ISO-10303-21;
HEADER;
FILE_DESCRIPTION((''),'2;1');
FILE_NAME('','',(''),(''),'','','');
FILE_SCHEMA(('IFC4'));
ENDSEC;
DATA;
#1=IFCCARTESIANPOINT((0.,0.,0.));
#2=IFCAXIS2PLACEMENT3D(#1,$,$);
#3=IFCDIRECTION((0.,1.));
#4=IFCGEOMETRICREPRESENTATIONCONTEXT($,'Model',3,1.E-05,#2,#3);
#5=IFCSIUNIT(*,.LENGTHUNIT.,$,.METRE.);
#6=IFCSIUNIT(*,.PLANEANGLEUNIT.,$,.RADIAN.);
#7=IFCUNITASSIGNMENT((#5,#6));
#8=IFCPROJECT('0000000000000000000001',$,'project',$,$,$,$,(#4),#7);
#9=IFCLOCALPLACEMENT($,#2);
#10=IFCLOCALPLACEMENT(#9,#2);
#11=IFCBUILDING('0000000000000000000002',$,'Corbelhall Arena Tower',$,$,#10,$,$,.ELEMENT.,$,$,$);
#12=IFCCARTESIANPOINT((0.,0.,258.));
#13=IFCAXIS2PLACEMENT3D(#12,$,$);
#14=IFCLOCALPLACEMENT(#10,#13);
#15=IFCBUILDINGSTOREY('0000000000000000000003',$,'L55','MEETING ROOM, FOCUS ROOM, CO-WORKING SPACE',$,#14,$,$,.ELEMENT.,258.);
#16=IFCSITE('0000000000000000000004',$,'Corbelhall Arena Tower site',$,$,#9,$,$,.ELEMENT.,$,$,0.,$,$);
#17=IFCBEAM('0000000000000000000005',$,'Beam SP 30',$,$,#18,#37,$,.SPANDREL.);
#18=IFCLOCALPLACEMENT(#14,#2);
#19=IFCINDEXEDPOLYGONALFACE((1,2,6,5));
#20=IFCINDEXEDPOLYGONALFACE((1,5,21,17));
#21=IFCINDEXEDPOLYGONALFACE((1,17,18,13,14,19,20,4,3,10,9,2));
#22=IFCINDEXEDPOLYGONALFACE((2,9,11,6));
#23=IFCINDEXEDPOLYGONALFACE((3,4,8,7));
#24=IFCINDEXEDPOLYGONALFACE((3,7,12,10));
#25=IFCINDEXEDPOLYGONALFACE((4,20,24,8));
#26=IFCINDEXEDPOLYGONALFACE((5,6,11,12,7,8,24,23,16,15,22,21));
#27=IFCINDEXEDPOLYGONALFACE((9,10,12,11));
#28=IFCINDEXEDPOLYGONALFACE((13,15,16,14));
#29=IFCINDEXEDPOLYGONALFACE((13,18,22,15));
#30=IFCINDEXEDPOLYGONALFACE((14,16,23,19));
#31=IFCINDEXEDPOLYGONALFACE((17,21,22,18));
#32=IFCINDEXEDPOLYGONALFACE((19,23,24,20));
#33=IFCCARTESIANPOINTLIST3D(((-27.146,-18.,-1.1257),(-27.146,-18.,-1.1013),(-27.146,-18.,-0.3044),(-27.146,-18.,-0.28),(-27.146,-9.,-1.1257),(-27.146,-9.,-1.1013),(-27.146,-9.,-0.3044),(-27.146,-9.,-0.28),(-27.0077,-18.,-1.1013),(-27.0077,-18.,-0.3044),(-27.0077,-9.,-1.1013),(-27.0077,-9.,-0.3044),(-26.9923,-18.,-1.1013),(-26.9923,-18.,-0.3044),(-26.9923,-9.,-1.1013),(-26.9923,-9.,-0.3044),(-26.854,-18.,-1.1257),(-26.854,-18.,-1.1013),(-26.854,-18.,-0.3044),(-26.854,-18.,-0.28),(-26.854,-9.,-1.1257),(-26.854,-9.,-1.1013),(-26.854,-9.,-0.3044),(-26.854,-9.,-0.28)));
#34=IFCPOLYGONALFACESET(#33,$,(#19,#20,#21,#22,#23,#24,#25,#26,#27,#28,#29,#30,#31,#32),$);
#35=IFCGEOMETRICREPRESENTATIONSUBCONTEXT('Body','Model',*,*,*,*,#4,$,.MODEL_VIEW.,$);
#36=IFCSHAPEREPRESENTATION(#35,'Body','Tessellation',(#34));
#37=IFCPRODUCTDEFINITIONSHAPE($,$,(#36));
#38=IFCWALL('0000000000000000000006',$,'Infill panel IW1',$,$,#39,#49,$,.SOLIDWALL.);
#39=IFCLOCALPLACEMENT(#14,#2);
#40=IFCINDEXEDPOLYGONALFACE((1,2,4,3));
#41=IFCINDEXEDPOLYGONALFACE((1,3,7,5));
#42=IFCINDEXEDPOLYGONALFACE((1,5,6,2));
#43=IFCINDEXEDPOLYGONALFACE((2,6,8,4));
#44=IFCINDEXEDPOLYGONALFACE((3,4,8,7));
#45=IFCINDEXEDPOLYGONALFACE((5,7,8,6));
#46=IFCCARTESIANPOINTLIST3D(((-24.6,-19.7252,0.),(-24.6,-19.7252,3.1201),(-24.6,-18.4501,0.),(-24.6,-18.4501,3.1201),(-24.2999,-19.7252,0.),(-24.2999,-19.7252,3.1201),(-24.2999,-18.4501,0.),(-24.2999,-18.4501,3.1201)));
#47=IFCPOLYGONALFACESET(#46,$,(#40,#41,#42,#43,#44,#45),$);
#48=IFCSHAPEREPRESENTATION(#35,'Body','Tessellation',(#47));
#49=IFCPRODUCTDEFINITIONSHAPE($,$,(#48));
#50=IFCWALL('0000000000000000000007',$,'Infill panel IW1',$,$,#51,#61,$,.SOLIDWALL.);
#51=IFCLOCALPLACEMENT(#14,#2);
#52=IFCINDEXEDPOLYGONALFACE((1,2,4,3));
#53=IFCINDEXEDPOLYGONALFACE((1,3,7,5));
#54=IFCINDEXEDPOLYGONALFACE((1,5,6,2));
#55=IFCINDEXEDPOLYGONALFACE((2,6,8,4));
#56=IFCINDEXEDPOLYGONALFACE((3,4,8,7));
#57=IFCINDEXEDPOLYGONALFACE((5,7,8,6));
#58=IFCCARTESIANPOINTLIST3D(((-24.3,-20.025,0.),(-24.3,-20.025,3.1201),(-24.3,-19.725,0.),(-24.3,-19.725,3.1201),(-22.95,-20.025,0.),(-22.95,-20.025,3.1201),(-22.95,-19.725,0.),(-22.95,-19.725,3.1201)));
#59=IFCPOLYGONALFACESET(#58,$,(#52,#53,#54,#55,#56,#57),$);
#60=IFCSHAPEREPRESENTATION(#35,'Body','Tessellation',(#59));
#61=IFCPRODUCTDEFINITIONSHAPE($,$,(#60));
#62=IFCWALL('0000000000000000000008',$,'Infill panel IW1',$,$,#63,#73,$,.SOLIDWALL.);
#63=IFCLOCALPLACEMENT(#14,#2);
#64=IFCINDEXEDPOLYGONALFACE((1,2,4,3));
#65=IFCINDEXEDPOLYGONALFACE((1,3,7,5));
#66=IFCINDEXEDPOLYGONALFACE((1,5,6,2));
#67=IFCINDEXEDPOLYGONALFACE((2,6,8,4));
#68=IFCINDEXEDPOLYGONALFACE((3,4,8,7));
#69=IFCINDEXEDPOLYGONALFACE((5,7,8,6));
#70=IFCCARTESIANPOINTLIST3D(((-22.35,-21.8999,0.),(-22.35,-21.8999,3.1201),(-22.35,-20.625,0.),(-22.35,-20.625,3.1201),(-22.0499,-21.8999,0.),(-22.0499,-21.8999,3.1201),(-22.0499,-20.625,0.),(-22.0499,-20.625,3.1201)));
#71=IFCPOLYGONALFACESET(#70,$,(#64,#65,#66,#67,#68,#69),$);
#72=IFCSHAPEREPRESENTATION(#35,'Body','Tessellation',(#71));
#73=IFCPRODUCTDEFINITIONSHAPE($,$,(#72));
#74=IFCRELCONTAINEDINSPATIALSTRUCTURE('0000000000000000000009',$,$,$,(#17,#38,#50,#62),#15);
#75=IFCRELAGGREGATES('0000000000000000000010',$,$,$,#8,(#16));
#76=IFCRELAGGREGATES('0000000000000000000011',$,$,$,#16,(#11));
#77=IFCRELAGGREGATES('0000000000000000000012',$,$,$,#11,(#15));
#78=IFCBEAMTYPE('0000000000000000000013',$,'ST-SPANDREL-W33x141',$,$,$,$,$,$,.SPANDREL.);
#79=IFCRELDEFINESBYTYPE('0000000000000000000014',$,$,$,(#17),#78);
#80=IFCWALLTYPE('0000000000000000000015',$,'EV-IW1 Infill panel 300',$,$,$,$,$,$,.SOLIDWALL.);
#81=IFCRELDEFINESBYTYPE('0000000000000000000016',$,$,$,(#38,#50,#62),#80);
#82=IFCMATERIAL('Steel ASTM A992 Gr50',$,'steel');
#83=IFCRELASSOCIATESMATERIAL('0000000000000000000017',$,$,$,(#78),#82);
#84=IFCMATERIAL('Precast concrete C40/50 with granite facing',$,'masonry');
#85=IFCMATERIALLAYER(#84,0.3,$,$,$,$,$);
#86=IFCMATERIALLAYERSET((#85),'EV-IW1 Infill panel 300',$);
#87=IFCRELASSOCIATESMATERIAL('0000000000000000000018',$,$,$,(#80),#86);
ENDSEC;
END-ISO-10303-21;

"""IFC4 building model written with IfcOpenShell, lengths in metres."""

from ifc_helpers import new_model, si_unit, direction, frame, frame_2d, origin, origin_2d, place, context, subcontext, project, spatial, rectangle, i_section, extrude, material, layer, layer_set, material_profile, profile_set, type_object, element, save


model = new_model("IFC4")

# Units and contexts
model_context = context("Model", 3, precision=1e-05, world=origin(), true_north=direction((0.0, 1.0)))
body_context = subcontext(model_context, "Body", "Model", "MODEL_VIEW")
ifc_project = project(units=[si_unit("LENGTHUNIT", "METRE"), si_unit("PLANEANGLEUNIT", "RADIAN")], contexts=[model_context])

# Site, building, storey
site_placement = place(None, origin())
site = spatial("IfcSite", under=ifc_project, at=site_placement, Name="Corbelhall Arena Tower site", CompositionType="ELEMENT", RefElevation=0.0)
building_placement = place(site_placement, origin())
building = spatial("IfcBuilding", under=site, at=building_placement, Name="Corbelhall Arena Tower", CompositionType="ELEMENT")
storey_placement = place(building_placement, frame((0.0, 0.0, 258.0)))
storey = spatial("IfcBuildingStorey", under=building, at=storey_placement, Name="L55", Description="MEETING ROOM, FOCUS ROOM, CO-WORKING SPACE", CompositionType="ELEMENT", Elevation=258.0)

# Beam
ifc_material_1 = material(Name="Steel ASTM A992 Gr50", Category="steel")
ifc_material_profile_1 = material_profile(ifc_material_1, i_section(OverallWidth=0.292, OverallDepth=0.8457, WebThickness=0.0154, FlangeThickness=0.0244, at=origin_2d()))
ifc_profile_set_1 = profile_set([ifc_material_profile_1], Name="Steel ASTM A992 Gr50")
beam_type_1 = type_object("IfcBeamType", Name="ST-SPANDREL-W33x141", PredefinedType="SPANDREL", material=ifc_profile_set_1)
beam_1_placement = place(storey_placement, frame((-27.0, -18.0, -0.7029), z_axis=(0.0, 1.0, 0.0), x_axis=(-1.0, 0.0, 0.0)))
element("IfcBeam", 1, at=beam_1_placement, inside=storey, type_object=beam_type_1, Name="Beam SP 30", PredefinedType="SPANDREL", context=body_context, shape_type="SweptSolid", body=[
    extrude(i_section(OverallWidth=0.292, OverallDepth=0.8457, WebThickness=0.0154, FlangeThickness=0.0244, at=origin_2d()), origin(), (0.0, 0.0, 1.0), 9.0),
])

# Walls
ifc_material_2 = material(Name="Precast concrete C40/50 with granite facing", Category="masonry")
ifc_layer_1 = layer(ifc_material_2, 0.3)
ifc_layer_set_1 = layer_set([ifc_layer_1], Name="EV-IW1 Infill panel 300")
wall_type_1 = type_object("IfcWallType", Name="EV-IW1 Infill panel 300", PredefinedType="SOLIDWALL", material=ifc_layer_set_1)
wall_1_placement = place(storey_placement, frame((-24.45, -18.45, 0.0), z_axis=(0.0, 0.0, 1.0), x_axis=(0.0, -1.0, 0.0)))
element("IfcWall", 2, at=wall_1_placement, inside=storey, type_object=wall_type_1, Name="Infill panel IW1", PredefinedType="SOLIDWALL", context=body_context, shape_type="SweptSolid", body=[
    extrude(rectangle(XDim=1.2751, YDim=0.3, at=frame_2d((0.6377, 0.0))), origin(), (0.0, 0.0, 1.0), 3.1201),
])
wall_2_placement = place(storey_placement, frame((-24.3, -19.875, 0.0), z_axis=(0.0, 0.0, 1.0), x_axis=(1.0, 0.0, 0.0)))
element("IfcWall", 3, at=wall_2_placement, inside=storey, type_object=wall_type_1, Name="Infill panel IW1", PredefinedType="SOLIDWALL", context=body_context, shape_type="SweptSolid", body=[
    extrude(rectangle(XDim=1.3501, YDim=0.3, at=frame_2d((0.675, 0.0))), origin(), (0.0, 0.0, 1.0), 3.1201),
])
wall_3_placement = place(storey_placement, frame((-22.2, -20.625, 0.0), z_axis=(0.0, 0.0, 1.0), x_axis=(0.0, -1.0, 0.0)))
element("IfcWall", 4, at=wall_3_placement, inside=storey, type_object=wall_type_1, Name="Infill panel IW1", PredefinedType="SOLIDWALL", context=body_context, shape_type="SweptSolid", body=[
    extrude(rectangle(XDim=1.2749, YDim=0.3, at=frame_2d((0.6375, 0.0))), origin(), (0.0, 0.0, 1.0), 3.1201),
])

save(model, "model.ifc")
